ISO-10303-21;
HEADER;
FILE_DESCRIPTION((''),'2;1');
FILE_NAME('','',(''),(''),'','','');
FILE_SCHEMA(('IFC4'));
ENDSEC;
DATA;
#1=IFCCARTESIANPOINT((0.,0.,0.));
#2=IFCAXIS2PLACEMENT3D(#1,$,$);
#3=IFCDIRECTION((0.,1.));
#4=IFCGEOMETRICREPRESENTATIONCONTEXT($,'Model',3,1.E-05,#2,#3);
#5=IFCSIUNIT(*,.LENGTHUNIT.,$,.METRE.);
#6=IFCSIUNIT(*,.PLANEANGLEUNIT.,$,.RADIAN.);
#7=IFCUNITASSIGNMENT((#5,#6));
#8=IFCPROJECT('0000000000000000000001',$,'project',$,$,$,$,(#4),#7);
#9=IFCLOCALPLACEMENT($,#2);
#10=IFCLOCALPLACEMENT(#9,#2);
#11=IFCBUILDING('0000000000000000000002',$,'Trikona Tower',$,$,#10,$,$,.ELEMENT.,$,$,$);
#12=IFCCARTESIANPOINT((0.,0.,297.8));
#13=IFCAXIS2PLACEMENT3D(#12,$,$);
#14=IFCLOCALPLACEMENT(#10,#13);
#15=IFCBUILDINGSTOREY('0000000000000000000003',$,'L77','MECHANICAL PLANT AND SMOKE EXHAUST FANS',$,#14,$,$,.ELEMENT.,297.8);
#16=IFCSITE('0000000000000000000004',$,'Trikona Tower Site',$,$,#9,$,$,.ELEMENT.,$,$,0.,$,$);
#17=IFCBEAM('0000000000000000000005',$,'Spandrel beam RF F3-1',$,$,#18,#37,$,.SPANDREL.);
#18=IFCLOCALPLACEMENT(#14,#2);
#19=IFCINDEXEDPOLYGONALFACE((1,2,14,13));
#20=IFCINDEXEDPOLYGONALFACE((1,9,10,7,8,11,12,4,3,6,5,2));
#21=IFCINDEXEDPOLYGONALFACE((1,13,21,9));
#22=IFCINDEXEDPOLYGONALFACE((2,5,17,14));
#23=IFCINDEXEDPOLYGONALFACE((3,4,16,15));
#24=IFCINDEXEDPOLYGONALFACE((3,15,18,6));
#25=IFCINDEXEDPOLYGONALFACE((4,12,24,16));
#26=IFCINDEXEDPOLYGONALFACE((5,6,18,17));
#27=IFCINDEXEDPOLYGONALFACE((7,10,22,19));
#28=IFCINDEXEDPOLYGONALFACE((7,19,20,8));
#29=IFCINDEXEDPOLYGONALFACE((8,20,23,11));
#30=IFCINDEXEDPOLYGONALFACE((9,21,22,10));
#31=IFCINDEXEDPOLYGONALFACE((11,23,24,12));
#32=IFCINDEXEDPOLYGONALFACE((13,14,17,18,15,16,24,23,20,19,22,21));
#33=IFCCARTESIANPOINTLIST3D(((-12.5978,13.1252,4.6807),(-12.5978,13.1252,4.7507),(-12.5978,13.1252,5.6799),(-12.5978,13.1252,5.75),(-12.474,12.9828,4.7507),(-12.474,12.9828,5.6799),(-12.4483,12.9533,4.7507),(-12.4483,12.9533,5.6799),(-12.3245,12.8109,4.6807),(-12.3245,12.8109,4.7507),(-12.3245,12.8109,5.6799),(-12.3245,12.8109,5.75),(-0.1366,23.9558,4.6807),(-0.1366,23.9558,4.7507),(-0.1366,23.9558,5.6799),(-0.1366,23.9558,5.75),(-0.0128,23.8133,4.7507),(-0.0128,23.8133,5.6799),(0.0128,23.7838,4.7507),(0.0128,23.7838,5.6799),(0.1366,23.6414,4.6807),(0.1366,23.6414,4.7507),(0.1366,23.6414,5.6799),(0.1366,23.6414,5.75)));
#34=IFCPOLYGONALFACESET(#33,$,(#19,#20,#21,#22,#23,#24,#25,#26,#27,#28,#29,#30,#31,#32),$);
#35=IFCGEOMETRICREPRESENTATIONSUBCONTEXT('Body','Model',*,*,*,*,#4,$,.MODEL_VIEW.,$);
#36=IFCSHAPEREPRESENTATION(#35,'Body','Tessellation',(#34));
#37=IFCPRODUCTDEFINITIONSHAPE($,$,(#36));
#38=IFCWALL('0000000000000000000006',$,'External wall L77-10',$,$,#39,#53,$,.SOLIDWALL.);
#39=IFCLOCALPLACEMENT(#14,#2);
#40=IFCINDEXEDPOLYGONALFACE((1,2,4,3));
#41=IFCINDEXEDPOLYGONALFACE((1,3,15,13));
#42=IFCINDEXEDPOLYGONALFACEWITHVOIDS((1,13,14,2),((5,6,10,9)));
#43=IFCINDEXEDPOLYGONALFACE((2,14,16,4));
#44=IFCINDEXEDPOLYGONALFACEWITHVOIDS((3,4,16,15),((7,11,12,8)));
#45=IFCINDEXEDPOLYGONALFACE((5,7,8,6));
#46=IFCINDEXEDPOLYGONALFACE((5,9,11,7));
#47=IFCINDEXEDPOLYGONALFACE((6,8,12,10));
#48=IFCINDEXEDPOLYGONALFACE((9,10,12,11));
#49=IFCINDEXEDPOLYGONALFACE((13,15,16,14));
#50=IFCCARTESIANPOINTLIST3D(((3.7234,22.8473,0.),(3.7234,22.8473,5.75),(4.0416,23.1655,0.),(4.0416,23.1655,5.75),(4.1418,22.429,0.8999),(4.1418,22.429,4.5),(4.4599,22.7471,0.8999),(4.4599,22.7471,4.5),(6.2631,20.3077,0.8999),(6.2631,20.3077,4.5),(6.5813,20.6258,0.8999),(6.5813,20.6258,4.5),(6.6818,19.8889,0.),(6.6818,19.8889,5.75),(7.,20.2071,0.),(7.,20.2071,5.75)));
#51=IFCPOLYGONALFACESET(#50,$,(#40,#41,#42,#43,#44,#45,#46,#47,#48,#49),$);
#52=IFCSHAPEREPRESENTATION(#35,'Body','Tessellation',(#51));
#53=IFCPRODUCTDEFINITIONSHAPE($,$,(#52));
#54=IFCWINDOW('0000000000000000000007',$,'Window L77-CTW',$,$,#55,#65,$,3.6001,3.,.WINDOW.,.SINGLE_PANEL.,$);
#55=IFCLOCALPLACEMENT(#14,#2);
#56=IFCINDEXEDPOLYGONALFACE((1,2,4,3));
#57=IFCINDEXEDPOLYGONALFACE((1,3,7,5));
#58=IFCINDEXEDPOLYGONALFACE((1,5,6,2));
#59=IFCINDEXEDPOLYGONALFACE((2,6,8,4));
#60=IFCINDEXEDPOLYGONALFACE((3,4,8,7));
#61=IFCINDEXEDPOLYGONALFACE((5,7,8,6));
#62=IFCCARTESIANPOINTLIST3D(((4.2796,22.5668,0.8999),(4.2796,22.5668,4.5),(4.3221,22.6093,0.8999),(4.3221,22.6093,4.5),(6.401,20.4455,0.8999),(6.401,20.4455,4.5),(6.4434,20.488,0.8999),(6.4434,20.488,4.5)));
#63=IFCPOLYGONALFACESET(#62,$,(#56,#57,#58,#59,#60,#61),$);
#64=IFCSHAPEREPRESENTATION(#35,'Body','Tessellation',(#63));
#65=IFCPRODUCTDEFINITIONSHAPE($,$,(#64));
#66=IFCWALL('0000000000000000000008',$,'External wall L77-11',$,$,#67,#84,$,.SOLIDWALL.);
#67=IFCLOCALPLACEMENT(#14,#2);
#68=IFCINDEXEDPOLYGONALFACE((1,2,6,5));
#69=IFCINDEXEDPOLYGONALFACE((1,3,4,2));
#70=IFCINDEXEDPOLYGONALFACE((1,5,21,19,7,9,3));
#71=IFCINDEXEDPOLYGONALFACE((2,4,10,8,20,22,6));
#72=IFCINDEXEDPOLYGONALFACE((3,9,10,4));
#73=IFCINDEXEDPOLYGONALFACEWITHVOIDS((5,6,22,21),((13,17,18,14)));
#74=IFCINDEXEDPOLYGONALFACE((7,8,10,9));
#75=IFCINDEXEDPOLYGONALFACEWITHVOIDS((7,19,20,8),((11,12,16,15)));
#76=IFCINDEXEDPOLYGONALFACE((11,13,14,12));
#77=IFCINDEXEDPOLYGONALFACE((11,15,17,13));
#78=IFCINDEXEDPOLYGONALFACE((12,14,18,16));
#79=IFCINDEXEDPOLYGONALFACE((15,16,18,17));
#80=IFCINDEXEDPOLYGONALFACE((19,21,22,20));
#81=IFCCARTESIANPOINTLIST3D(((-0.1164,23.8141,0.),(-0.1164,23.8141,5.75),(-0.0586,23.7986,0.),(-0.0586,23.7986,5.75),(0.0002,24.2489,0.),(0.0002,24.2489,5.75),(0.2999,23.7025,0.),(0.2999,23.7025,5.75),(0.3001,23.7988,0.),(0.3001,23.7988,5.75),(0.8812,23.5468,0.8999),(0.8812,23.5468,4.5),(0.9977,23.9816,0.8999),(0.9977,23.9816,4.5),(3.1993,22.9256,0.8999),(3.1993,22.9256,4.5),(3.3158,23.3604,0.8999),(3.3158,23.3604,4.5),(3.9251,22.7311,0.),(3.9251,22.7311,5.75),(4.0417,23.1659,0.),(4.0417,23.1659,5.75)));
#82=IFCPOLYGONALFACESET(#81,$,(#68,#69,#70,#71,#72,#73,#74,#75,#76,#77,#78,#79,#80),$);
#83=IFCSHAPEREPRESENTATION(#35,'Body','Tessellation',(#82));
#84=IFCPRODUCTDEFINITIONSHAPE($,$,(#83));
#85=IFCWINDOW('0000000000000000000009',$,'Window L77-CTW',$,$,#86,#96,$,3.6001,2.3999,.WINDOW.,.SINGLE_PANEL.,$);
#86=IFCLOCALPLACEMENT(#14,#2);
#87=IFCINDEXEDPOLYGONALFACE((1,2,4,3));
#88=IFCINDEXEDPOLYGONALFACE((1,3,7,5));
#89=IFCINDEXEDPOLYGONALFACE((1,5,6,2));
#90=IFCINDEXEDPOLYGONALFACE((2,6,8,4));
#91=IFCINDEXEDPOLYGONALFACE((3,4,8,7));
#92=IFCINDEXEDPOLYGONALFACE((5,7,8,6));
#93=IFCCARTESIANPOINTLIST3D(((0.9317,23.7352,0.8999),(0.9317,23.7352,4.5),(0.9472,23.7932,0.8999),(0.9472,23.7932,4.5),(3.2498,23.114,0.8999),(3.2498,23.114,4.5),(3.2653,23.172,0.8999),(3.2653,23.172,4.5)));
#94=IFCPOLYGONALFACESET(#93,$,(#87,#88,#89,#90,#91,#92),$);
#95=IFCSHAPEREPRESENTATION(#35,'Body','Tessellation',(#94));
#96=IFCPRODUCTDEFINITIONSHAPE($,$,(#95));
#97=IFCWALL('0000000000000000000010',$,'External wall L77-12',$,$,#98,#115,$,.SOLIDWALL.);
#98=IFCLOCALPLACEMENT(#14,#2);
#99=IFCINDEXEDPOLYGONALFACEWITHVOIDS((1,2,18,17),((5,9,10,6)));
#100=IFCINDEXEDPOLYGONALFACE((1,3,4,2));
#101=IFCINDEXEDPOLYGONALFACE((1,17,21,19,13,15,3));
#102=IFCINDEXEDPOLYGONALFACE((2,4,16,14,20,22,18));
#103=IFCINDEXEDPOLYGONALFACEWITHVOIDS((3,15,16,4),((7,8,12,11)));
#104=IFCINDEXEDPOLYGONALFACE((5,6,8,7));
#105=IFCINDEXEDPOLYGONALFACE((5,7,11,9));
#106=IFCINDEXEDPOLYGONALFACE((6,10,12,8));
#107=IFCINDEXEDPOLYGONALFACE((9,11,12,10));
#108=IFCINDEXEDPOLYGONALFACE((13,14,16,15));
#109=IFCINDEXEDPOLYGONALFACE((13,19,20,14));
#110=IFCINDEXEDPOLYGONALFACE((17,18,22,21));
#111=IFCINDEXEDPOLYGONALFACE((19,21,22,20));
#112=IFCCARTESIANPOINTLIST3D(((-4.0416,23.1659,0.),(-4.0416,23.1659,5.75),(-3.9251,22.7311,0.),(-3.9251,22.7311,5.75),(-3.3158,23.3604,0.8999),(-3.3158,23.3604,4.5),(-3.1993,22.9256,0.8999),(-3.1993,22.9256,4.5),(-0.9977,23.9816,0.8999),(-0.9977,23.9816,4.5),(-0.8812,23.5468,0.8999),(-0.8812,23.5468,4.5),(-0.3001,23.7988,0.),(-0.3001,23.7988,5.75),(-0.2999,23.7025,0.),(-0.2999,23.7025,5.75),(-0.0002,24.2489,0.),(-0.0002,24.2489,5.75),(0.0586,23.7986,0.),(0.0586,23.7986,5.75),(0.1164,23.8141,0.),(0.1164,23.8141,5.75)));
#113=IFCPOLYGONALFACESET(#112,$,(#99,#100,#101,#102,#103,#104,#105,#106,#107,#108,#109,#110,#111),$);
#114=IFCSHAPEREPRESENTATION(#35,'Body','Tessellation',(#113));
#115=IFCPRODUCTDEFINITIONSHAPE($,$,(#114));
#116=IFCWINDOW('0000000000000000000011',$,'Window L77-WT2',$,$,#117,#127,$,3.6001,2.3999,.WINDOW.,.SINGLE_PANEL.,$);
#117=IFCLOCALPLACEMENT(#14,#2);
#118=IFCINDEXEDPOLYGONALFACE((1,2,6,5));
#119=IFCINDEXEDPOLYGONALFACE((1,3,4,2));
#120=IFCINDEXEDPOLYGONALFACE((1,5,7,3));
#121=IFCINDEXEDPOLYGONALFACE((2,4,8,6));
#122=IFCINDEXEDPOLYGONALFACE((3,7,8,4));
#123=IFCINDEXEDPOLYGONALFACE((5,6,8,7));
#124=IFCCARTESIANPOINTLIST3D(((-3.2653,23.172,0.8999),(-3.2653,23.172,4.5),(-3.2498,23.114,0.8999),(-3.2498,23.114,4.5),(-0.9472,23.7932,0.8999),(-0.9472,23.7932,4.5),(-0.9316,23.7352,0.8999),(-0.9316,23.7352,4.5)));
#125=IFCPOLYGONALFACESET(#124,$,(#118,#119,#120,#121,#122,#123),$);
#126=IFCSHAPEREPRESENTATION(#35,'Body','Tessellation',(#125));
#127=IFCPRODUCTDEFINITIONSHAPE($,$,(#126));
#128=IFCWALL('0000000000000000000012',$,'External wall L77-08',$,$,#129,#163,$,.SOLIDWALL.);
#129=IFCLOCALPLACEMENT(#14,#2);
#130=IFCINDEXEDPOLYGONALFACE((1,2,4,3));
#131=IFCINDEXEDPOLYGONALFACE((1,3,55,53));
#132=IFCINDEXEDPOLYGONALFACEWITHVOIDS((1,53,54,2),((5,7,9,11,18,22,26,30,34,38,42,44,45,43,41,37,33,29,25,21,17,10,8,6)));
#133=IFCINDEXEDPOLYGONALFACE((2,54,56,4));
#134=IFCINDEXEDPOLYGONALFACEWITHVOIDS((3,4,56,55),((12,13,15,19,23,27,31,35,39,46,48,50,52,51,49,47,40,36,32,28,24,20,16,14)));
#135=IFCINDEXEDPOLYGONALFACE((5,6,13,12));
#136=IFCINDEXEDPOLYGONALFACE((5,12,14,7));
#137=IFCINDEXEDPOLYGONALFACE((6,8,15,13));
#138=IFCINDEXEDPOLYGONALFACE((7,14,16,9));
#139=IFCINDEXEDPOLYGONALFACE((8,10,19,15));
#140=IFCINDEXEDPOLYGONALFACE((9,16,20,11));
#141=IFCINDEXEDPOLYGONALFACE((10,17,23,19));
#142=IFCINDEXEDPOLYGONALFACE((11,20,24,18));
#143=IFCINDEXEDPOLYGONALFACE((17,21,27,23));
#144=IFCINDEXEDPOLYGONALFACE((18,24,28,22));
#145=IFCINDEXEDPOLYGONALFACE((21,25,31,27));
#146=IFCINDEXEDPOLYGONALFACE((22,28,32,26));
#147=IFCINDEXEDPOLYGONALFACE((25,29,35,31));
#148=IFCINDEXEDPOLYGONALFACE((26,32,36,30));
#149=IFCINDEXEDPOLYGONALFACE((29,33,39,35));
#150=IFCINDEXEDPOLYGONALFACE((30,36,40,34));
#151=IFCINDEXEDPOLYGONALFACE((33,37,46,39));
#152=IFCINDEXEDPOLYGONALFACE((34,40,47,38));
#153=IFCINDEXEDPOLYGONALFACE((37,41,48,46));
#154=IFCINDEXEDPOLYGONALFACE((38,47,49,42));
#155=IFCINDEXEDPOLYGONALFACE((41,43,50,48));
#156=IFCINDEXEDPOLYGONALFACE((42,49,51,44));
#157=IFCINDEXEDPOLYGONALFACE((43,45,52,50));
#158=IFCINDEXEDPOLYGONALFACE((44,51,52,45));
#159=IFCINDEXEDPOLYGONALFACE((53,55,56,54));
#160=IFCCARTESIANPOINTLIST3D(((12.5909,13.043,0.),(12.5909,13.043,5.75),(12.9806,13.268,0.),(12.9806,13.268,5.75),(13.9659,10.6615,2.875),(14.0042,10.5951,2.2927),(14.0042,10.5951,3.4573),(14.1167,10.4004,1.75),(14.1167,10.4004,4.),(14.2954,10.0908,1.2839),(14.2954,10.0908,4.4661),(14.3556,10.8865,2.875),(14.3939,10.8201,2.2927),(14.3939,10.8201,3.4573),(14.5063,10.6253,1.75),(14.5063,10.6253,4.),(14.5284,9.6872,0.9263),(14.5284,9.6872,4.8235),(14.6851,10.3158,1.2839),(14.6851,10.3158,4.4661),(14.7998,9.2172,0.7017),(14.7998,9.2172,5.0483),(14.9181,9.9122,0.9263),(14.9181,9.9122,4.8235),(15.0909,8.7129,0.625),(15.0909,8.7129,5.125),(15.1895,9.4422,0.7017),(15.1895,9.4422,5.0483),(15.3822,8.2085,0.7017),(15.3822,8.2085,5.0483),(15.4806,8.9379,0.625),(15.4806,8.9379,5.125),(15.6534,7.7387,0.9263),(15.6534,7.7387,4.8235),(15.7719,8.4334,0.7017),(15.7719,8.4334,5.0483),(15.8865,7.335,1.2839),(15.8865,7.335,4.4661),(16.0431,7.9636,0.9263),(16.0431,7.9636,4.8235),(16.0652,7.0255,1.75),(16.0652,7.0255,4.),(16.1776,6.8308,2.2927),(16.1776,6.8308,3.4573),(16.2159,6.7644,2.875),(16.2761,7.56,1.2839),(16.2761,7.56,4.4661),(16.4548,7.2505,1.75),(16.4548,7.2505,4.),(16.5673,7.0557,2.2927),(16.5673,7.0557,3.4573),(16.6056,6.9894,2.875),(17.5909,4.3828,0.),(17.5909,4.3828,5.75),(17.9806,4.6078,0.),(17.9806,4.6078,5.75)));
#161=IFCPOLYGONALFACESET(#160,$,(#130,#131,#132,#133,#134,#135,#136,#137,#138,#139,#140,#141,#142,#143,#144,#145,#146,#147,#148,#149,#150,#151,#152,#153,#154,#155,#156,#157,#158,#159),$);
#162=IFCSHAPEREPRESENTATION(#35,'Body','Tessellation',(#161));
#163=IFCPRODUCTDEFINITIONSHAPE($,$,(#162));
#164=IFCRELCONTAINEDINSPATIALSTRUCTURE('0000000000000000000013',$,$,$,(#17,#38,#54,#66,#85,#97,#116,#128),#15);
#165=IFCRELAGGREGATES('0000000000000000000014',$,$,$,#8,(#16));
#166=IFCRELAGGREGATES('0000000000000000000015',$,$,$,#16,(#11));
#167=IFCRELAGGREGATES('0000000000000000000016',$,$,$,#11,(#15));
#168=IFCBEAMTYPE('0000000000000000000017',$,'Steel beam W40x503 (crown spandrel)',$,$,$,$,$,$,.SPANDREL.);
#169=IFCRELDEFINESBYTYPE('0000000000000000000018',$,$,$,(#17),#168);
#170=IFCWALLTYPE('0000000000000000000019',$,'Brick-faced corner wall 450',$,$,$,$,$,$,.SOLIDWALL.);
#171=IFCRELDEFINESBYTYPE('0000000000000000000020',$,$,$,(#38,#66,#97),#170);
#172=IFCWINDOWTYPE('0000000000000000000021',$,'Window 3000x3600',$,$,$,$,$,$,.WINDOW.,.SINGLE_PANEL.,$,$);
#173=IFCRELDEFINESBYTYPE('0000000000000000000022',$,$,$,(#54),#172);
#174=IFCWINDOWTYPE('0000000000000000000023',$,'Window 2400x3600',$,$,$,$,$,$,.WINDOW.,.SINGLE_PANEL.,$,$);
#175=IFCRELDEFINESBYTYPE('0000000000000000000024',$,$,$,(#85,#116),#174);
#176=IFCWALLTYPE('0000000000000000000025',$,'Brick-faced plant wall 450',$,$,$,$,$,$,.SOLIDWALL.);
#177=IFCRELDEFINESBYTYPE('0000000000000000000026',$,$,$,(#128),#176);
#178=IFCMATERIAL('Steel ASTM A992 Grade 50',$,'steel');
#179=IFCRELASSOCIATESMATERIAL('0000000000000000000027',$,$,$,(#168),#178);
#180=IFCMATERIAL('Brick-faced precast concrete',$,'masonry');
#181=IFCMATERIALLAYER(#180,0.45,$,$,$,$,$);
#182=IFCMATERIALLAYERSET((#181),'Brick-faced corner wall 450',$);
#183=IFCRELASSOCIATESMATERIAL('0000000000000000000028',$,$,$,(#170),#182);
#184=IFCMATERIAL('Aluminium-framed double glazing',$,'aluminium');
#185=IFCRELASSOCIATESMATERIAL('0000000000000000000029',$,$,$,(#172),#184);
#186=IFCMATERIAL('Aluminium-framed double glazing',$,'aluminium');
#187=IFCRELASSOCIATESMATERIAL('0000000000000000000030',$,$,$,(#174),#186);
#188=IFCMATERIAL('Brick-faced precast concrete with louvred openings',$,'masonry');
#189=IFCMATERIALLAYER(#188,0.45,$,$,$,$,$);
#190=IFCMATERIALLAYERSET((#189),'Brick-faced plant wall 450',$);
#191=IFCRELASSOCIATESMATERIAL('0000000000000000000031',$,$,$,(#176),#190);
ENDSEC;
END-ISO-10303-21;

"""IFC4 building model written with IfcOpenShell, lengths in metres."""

from ifc_helpers import new_model, si_unit, direction, frame, frame_2d, origin, origin_2d, place, context, subcontext, project, spatial, polyline, rectangle, i_section, outline, extrude, material, layer, layer_set, material_profile, profile_set, type_object, element, fill, save


model = new_model("IFC4")

# Units and contexts
model_context = context("Model", 3, precision=1e-05, world=origin(), true_north=direction((0.0, 1.0)))
body_context = subcontext(model_context, "Body", "Model", "MODEL_VIEW")
ifc_project = project(units=[si_unit("LENGTHUNIT", "METRE"), si_unit("PLANEANGLEUNIT", "RADIAN")], contexts=[model_context])

# Site, building, storey
site_placement = place(None, origin())
site = spatial("IfcSite", under=ifc_project, at=site_placement, Name="Trikona Tower Site", CompositionType="ELEMENT", RefElevation=0.0)
building_placement = place(site_placement, origin())
building = spatial("IfcBuilding", under=site, at=building_placement, Name="Trikona Tower", CompositionType="ELEMENT")
storey_placement = place(building_placement, frame((0.0, 0.0, 297.8)))
storey = spatial("IfcBuildingStorey", under=building, at=storey_placement, Name="L77", Description="MECHANICAL PLANT AND SMOKE EXHAUST FANS", CompositionType="ELEMENT", Elevation=297.8)

# Beam
ifc_material_1 = material(Name="Steel ASTM A992 Grade 50", Category="steel")
ifc_material_profile_1 = material_profile(ifc_material_1, i_section(OverallWidth=0.4165, OverallDepth=1.0693, WebThickness=0.0391, FlangeThickness=0.0701, at=origin_2d()), Name="W40X503")
ifc_profile_set_1 = profile_set([ifc_material_profile_1], Name="Steel ASTM A992 Grade 50")
beam_type_1 = type_object("IfcBeamType", Name="Steel beam W40x503 (crown spandrel)", PredefinedType="SPANDREL", material=ifc_profile_set_1)
for number, where, z_axis, x_axis, name in (
    (1, (0.0, 23.7986, 5.2153), (-0.754763, -0.655998, 0.0), (0.655998, -0.754763, 0.0), "Spandrel beam RF F3-1"),
):
    element("IfcBeam", number, at=place(storey_placement, frame(where, z_axis=z_axis, x_axis=x_axis)), inside=storey, type_object=beam_type_1, Name=name, PredefinedType="SPANDREL", context=body_context, shape_type="SweptSolid", body=[
        extrude(i_section(OverallWidth=0.4165, OverallDepth=1.0693, WebThickness=0.0391, FlangeThickness=0.0701, at=origin_2d()), origin(), (0.0, 0.0, 1.0), 16.51),
    ])

# Walls, openings, windows
ifc_material_2 = material(Name="Brick-faced precast concrete", Category="masonry")
ifc_layer_1 = layer(ifc_material_2, 0.45)
ifc_layer_set_1 = layer_set([ifc_layer_1], Name="Brick-faced corner wall 450")
wall_type_1 = type_object("IfcWallType", Name="Brick-faced corner wall 450", PredefinedType="SOLIDWALL", material=ifc_layer_set_1)
wall_1_placement = place(storey_placement, frame((6.8408, 20.0481, 0.0), z_axis=(0.0, 0.0, 1.0), x_axis=(-0.707107, 0.707107, 0.0)))
wall_1 = element("IfcWall", 2, at=wall_1_placement, inside=storey, type_object=wall_type_1, Name="External wall L77-10", PredefinedType="SOLIDWALL", context=body_context, shape_type="SweptSolid", body=[
    extrude(rectangle(XDim=4.1838, YDim=0.45, at=frame_2d((2.0918, 0.0))), origin(), (0.0, 0.0, 1.0), 5.75),
])
opening_1_placement = place(wall_1_placement, frame((0.592, 0.0, 0.8999)))
opening_1 = element("IfcOpeningElement", 3, at=opening_1_placement, cuts=wall_1, PredefinedType="OPENING", context=body_context, shape_type="SweptSolid", body=[
    extrude(rectangle(XDim=3.0, YDim=3.6001, at=frame_2d((1.5, 1.8))), frame((0.0, 0.2349, 0.0), z_axis=(0.0, -1.0, 0.0), x_axis=(1.0, 0.0, 0.0)), (0.0, 0.0, 1.0), 0.47),
])
ifc_material_3 = material(Name="Aluminium-framed double glazing", Category="aluminium")
window_type_1 = type_object("IfcWindowType", Name="Window 3000x3600", PartitioningType="SINGLE_PANEL", PredefinedType="WINDOW", material=ifc_material_3)
window_1_placement = place(opening_1_placement, origin())
window_1 = element("IfcWindow", 4, at=window_1_placement, inside=storey, type_object=window_type_1, Name="Window L77-CTW", OverallHeight=3.6001, OverallWidth=3.0, PartitioningType="SINGLE_PANEL", PredefinedType="WINDOW", context=body_context, shape_type="SweptSolid", body=[
    extrude(rectangle(XDim=3.0, YDim=3.6001, at=frame_2d((1.5, 1.8))), frame((0.0, 0.03, 0.0), z_axis=(0.0, -1.0, 0.0), x_axis=(1.0, 0.0, 0.0)), (0.0, 0.0, 1.0), 0.0601),
])
fill(opening_1, window_1)
wall_2_placement = place(storey_placement, frame((3.9834, 22.9485, 0.0), z_axis=(0.0, 0.0, 1.0), x_axis=(-0.96592, 0.258839, 0.0)))
wall_2 = element("IfcWall", 5, at=wall_2_placement, inside=storey, type_object=wall_type_1, Name="External wall L77-11", PredefinedType="SOLIDWALL", context=body_context, shape_type="SweptSolid", body=[
    extrude(outline(polyline([(4.1841, 0.2251), (4.1243, 0.2251), (3.7778, 0.1321), (3.7532, 0.2251), (0.0, 0.2251), (0.0, -0.2251), (4.1841, -0.2251), (4.1841, 0.2251)])), origin(), (0.0, 0.0, 1.0), 5.75),
])
opening_2_placement = place(wall_2_placement, frame((0.7515, 0.0, 0.8999)))
opening_2 = element("IfcOpeningElement", 6, at=opening_2_placement, cuts=wall_2, PredefinedType="OPENING", context=body_context, shape_type="SweptSolid", body=[
    extrude(rectangle(XDim=2.3999, YDim=3.6001, at=frame_2d((1.2, 1.8))), frame((0.0, 0.2349, 0.0), z_axis=(0.0, -1.0, 0.0), x_axis=(1.0, 0.0, 0.0)), (0.0, 0.0, 1.0), 0.47),
])
ifc_material_4 = material(Name="Aluminium-framed double glazing", Category="aluminium")
window_type_2 = type_object("IfcWindowType", Name="Window 2400x3600", PartitioningType="SINGLE_PANEL", PredefinedType="WINDOW", material=ifc_material_4)
window_2_placement = place(opening_2_placement, origin())
window_2 = element("IfcWindow", 7, at=window_2_placement, inside=storey, type_object=window_type_2, Name="Window L77-CTW", OverallHeight=3.6001, OverallWidth=2.3999, PartitioningType="SINGLE_PANEL", PredefinedType="WINDOW", context=body_context, shape_type="SweptSolid", body=[
    extrude(rectangle(XDim=2.3999, YDim=3.6001, at=frame_2d((1.2, 1.8))), frame((0.0, 0.03, 0.0), z_axis=(0.0, -1.0, 0.0), x_axis=(1.0, 0.0, 0.0)), (0.0, 0.0, 1.0), 0.0601),
])
fill(opening_2, window_2)
wall_3_placement = place(storey_placement, frame((0.0581, 24.0315, 0.0), z_axis=(0.0, 0.0, 1.0), x_axis=(-0.96592, -0.258839, 0.0)))
wall_3 = element("IfcWall", 8, at=wall_3_placement, inside=storey, type_object=wall_type_1, Name="External wall L77-12", PredefinedType="SOLIDWALL", context=body_context, shape_type="SweptSolid", body=[
    extrude(outline(polyline([(4.1841, 0.2251), (0.4309, 0.2251), (0.4062, 0.1321), (0.0598, 0.2251), (0.0, 0.2251), (0.0, -0.2251), (4.1841, -0.2251), (4.1841, 0.2251)])), origin(), (0.0, 0.0, 1.0), 5.75),
])
opening_3_placement = place(wall_3_placement, frame((1.0327, 0.0, 0.8999)))
opening_3 = element("IfcOpeningElement", 9, at=opening_3_placement, cuts=wall_3, PredefinedType="OPENING", context=body_context, shape_type="SweptSolid", body=[
    extrude(rectangle(XDim=2.3999, YDim=3.6001, at=frame_2d((1.2, 1.8))), frame((0.0, 0.2349, 0.0), z_axis=(0.0, -1.0, 0.0), x_axis=(1.0, 0.0, 0.0)), (0.0, 0.0, 1.0), 0.47),
])
window_3_placement = place(opening_3_placement, origin())
window_3 = element("IfcWindow", 10, at=window_3_placement, inside=storey, type_object=window_type_2, Name="Window L77-WT2", OverallHeight=3.6001, OverallWidth=2.3999, PartitioningType="SINGLE_PANEL", PredefinedType="WINDOW", context=body_context, shape_type="SweptSolid", body=[
    extrude(rectangle(XDim=2.3999, YDim=3.6001, at=frame_2d((1.2, 1.8))), frame((0.0, 0.03, 0.0), z_axis=(0.0, -1.0, 0.0), x_axis=(1.0, 0.0, 0.0)), (0.0, 0.0, 1.0), 0.0601),
])
fill(opening_3, window_3)

# Wall
ifc_material_5 = material(Name="Brick-faced precast concrete with louvred openings", Category="masonry")
ifc_layer_2 = layer(ifc_material_5, 0.45)
ifc_layer_set_2 = layer_set([ifc_layer_2], Name="Brick-faced plant wall 450")
wall_type_2 = type_object("IfcWallType", Name="Brick-faced plant wall 450", PredefinedType="SOLIDWALL", material=ifc_layer_set_2)
wall_4_placement = place(storey_placement, frame((17.7859, 4.4954, 0.0), z_axis=(0.0, 0.0, 1.0), x_axis=(-0.500004, 0.866023, 0.0)))
element("IfcWall", 11, at=wall_4_placement, inside=storey, type_object=wall_type_2, Name="External wall L77-08", PredefinedType="SOLIDWALL", context=body_context, shape_type="SweptSolid", body=[
    extrude(outline(polyline([(0.0, 0.0), (10.0, 0.0), (10.0, 5.75), (0.0, 5.75), (0.0, 0.0)]), holes=[polyline([(7.25, 2.875), (7.1733, 3.4573), (6.9485, 4.0), (6.5911, 4.4661), (6.125, 4.8235), (5.5823, 5.0483), (5.0, 5.125), (4.4175, 5.0483), (3.875, 4.8235), (3.4089, 4.4661), (3.0515, 4.0), (2.8267, 3.4573), (2.75, 2.875), (2.8267, 2.2927), (3.0515, 1.75), (3.4089, 1.2839), (3.875, 0.9263), (4.4175, 0.7017), (5.0, 0.625), (5.5823, 0.7017), (6.125, 0.9263), (6.5911, 1.2839), (6.9485, 1.75), (7.1733, 2.2927), (7.25, 2.875)])]), frame((0.0, 0.2251, 0.0), z_axis=(0.0, -1.0, 0.0), x_axis=(1.0, 0.0, 0.0)), (0.0, 0.0, 1.0), 0.45),
])

save(model, "model.ifc")
